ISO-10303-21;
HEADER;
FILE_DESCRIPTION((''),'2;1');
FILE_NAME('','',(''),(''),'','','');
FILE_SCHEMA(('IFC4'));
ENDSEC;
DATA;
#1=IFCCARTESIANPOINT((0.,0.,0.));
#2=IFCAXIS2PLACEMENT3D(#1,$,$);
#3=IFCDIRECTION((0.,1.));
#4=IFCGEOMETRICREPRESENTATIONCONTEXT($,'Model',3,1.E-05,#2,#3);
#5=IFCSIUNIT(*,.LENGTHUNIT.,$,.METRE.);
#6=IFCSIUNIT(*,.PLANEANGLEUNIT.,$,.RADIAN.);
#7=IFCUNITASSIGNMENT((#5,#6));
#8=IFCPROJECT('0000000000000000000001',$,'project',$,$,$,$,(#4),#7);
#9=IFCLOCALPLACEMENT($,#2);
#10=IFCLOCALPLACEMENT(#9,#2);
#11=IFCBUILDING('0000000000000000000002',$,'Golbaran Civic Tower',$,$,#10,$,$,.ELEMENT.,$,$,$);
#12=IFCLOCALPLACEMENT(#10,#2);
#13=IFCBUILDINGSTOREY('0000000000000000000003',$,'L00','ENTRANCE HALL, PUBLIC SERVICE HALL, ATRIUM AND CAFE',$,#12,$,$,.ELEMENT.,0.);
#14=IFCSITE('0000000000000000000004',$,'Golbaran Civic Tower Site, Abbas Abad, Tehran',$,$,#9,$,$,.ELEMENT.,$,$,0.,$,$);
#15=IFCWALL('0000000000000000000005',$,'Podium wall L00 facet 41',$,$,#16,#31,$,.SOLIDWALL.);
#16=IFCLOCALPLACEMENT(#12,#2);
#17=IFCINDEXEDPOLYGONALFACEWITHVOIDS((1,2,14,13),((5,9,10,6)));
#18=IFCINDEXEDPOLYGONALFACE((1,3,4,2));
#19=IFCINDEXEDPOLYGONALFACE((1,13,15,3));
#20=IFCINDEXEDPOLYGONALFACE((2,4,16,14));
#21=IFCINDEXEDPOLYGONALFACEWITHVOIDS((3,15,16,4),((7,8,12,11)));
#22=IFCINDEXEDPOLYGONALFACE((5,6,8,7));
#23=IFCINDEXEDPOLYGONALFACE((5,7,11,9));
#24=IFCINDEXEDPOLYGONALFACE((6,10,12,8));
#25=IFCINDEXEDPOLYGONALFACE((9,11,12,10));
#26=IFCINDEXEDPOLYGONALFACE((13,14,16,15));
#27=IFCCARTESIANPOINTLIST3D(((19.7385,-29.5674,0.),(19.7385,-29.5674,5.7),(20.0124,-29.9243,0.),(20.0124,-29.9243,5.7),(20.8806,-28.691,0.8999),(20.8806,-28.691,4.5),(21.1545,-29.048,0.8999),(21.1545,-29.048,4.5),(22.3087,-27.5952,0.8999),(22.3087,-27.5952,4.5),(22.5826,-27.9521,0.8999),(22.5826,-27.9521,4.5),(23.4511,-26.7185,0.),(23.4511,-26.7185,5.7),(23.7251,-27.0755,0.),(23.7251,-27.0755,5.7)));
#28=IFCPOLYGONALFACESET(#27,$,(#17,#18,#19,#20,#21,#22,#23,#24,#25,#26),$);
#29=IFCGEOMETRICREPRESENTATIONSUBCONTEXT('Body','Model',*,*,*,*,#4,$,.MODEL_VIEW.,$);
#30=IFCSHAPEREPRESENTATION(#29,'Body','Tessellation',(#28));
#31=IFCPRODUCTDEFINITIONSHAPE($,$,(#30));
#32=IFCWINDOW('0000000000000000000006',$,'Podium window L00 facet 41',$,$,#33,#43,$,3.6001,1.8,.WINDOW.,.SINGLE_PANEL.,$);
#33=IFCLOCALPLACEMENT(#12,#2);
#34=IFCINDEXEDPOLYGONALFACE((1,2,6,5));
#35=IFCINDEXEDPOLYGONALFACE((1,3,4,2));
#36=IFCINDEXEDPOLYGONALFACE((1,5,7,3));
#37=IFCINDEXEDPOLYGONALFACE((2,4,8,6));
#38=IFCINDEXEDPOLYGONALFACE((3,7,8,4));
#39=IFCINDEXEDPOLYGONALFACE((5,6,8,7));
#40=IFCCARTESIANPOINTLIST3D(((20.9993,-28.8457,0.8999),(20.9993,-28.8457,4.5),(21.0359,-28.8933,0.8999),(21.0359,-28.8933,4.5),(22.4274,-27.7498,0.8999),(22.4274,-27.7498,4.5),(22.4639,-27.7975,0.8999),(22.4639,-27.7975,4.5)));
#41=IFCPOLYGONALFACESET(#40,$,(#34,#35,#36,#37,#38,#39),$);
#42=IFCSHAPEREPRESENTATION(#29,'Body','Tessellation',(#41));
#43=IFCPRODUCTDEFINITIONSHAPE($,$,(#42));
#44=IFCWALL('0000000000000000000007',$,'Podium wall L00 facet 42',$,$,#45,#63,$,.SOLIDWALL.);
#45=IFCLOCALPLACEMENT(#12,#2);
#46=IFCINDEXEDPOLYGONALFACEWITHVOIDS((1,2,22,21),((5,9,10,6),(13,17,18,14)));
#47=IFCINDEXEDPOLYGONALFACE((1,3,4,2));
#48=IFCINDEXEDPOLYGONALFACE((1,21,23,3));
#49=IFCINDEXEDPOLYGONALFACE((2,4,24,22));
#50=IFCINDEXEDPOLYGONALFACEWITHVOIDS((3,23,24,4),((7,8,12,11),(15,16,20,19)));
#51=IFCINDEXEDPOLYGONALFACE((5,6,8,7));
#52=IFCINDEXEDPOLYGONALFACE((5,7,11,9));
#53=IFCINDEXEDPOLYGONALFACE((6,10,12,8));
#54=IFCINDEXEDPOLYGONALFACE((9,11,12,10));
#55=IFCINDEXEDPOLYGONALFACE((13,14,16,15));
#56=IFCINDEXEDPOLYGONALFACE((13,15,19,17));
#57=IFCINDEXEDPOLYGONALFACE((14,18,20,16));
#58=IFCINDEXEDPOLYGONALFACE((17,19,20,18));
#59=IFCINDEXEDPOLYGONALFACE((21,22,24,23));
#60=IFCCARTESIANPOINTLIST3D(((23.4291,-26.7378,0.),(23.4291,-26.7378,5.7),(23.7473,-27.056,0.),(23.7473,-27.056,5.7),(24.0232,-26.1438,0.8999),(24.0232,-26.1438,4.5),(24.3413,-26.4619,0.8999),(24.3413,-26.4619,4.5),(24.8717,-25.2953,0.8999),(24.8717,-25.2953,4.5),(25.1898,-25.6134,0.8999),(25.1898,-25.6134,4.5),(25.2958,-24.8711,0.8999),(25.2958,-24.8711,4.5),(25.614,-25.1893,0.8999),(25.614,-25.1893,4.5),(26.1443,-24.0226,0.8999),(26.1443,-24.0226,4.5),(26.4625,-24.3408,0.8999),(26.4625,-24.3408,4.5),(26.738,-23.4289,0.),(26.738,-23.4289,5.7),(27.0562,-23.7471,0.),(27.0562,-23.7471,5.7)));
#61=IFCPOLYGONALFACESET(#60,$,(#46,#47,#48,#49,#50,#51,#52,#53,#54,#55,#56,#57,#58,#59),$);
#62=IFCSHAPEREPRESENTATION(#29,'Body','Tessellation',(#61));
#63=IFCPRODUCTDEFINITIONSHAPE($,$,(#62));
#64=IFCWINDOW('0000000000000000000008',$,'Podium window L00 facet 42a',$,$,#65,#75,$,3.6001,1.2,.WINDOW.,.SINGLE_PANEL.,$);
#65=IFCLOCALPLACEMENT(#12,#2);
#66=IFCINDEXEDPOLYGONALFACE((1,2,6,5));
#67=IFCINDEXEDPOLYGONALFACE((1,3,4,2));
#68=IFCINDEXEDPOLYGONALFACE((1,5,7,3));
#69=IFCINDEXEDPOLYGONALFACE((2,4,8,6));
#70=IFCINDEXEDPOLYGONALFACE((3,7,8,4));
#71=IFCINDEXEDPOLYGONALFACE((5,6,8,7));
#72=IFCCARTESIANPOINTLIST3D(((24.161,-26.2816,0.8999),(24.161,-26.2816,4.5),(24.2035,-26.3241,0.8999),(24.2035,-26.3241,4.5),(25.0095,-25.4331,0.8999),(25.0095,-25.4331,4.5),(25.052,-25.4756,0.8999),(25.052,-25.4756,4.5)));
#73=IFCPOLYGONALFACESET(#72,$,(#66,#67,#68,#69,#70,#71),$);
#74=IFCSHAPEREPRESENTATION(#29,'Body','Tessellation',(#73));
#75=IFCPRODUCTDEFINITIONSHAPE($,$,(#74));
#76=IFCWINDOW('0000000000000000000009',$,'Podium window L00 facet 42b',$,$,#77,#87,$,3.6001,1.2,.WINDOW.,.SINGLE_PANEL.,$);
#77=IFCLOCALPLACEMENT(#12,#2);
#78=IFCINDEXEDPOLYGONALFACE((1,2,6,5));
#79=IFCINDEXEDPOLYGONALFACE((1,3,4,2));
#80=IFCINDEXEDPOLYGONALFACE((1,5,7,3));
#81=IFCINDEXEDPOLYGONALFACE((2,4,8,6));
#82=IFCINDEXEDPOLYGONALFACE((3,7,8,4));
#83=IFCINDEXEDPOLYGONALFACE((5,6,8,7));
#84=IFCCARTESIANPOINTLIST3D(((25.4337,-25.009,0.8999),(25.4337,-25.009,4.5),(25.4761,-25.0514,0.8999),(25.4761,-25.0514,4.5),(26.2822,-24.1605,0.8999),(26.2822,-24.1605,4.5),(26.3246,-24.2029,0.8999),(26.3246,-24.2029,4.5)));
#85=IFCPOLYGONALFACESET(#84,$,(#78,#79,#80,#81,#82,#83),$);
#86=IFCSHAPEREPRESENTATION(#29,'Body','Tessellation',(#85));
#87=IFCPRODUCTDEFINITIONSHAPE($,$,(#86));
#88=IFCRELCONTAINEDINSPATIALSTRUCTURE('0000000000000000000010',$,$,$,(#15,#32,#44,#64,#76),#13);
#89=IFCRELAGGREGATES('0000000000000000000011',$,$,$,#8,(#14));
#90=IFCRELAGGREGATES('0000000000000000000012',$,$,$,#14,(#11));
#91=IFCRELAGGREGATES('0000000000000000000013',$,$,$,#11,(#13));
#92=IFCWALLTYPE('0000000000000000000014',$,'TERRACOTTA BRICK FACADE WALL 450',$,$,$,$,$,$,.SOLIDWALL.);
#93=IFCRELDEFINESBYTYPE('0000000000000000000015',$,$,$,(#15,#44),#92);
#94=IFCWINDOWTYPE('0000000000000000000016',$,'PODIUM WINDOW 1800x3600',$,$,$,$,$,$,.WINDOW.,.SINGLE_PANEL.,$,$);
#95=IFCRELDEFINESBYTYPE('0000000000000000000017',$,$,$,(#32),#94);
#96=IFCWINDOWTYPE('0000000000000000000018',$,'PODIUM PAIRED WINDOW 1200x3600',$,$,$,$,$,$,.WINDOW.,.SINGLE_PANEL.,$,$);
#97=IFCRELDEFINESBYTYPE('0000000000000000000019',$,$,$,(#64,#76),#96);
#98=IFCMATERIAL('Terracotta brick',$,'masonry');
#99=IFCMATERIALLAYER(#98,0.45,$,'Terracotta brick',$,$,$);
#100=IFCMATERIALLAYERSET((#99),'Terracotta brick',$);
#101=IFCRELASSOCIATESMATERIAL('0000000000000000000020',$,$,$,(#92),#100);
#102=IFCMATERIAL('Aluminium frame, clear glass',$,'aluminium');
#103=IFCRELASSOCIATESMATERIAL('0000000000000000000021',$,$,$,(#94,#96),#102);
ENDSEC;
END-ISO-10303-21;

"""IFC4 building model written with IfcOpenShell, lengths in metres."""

from ifc_helpers import new_model, si_unit, direction, frame, frame_2d, origin, place, context, subcontext, project, spatial, rectangle, extrude, material, layer, layer_set, type_object, element, fill, save


model = new_model("IFC4")

# Units and contexts
model_context = context("Model", 3, precision=1e-05, world=origin(), true_north=direction((0.0, 1.0)))
body_context = subcontext(model_context, "Body", "Model", "MODEL_VIEW")
ifc_project = project(units=[si_unit("LENGTHUNIT", "METRE"), si_unit("PLANEANGLEUNIT", "RADIAN")], contexts=[model_context])

# Site, building, storey
site_placement = place(None, origin())
site = spatial("IfcSite", under=ifc_project, at=site_placement, Name="Golbaran Civic Tower Site, Abbas Abad, Tehran", CompositionType="ELEMENT", RefElevation=0.0)
building_placement = place(site_placement, origin())
building = spatial("IfcBuilding", under=site, at=building_placement, Name="Golbaran Civic Tower", CompositionType="ELEMENT")
storey_placement = place(building_placement, origin())
storey = spatial("IfcBuildingStorey", under=building, at=storey_placement, Name="L00", Description="ENTRANCE HALL, PUBLIC SERVICE HALL, ATRIUM AND CAFE", CompositionType="ELEMENT", Elevation=0.0)

# Shared definitions
ifc_material_1 = material(Name="Terracotta brick", Category="masonry")
ifc_layer_1 = layer(ifc_material_1, 0.45, Name="Terracotta brick")
ifc_layer_set_1 = layer_set([ifc_layer_1], Name="Terracotta brick")
wall_type_1 = type_object("IfcWallType", Name="TERRACOTTA BRICK FACADE WALL 450", PredefinedType="SOLIDWALL", material=ifc_layer_set_1)

# Wall, opening, window
ifc_material_2 = material(Name="Aluminium frame, clear glass", Category="aluminium")
window_type_1 = type_object("IfcWindowType", Name="PODIUM WINDOW 1800x3600", PartitioningType="SINGLE_PANEL", PredefinedType="WINDOW", material=ifc_material_2)
wall_1_placement = place(storey_placement, frame((19.8755, -29.7458, 0.0), z_axis=(0.0, 0.0, 1.0), x_axis=(0.793347, 0.60877, 0.0)))
wall_1 = element("IfcWall", 1, at=wall_1_placement, inside=storey, type_object=wall_type_1, Name="Podium wall L00 facet 41", PredefinedType="SOLIDWALL", context=body_context, shape_type="SweptSolid", body=[
    extrude(rectangle(XDim=4.6797, YDim=0.45, at=frame_2d((2.3398, 0.0))), origin(), (0.0, 0.0, 1.0), 5.7),
])
opening_1_placement = place(wall_1_placement, frame((1.4397, 0.0, 0.8999)))
opening_1 = element("IfcOpeningElement", 2, at=opening_1_placement, cuts=wall_1, PredefinedType="OPENING", context=body_context, shape_type="SweptSolid", body=[
    extrude(rectangle(XDim=1.8, YDim=3.6001, at=frame_2d((0.8999, 1.8))), frame((0.0, 0.2349, 0.0), z_axis=(0.0, -1.0, 0.0), x_axis=(1.0, 0.0, 0.0)), (0.0, 0.0, 1.0), 0.47),
])
window_1_placement = place(opening_1_placement, origin())
window_1 = element("IfcWindow", 3, at=window_1_placement, inside=storey, type_object=window_type_1, Name="Podium window L00 facet 41", OverallHeight=3.6001, OverallWidth=1.8, PartitioningType="SINGLE_PANEL", PredefinedType="WINDOW", context=body_context, shape_type="SweptSolid", body=[
    extrude(rectangle(XDim=1.8, YDim=3.6001, at=frame_2d((0.8999, 1.8))), frame((0.0, 0.03, 0.0), z_axis=(0.0, -1.0, 0.0), x_axis=(1.0, 0.0, 0.0)), (0.0, 0.0, 1.0), 0.0601),
])
fill(opening_1, window_1)

# Wall, openings, windows
wall_2_placement = place(storey_placement, frame((23.5881, -26.897, 0.0), z_axis=(0.0, 0.0, 1.0), x_axis=(0.707107, 0.707107, 0.0)))
wall_2 = element("IfcWall", 4, at=wall_2_placement, inside=storey, type_object=wall_type_1, Name="Podium wall L00 facet 42", PredefinedType="SOLIDWALL", context=body_context, shape_type="SweptSolid", body=[
    extrude(rectangle(XDim=4.6794, YDim=0.45, at=frame_2d((2.3398, 0.0))), origin(), (0.0, 0.0, 1.0), 5.7),
])
opening_2_placement = place(wall_2_placement, frame((0.8401, 0.0, 0.8999)))
opening_2 = element("IfcOpeningElement", 5, at=opening_2_placement, cuts=wall_2, PredefinedType="OPENING", context=body_context, shape_type="SweptSolid", body=[
    extrude(rectangle(XDim=1.2, YDim=3.6001, at=frame_2d((0.6001, 1.8))), frame((0.0, 0.2349, 0.0), z_axis=(0.0, -1.0, 0.0), x_axis=(1.0, 0.0, 0.0)), (0.0, 0.0, 1.0), 0.47),
])
opening_3_placement = place(wall_2_placement, frame((2.6399, 0.0, 0.8999)))
opening_3 = element("IfcOpeningElement", 6, at=opening_3_placement, cuts=wall_2, PredefinedType="OPENING", context=body_context, shape_type="SweptSolid", body=[
    extrude(rectangle(XDim=1.2, YDim=3.6001, at=frame_2d((0.6001, 1.8))), frame((0.0, 0.2349, 0.0), z_axis=(0.0, -1.0, 0.0), x_axis=(1.0, 0.0, 0.0)), (0.0, 0.0, 1.0), 0.47),
])
window_type_2 = type_object("IfcWindowType", Name="PODIUM PAIRED WINDOW 1200x3600", PartitioningType="SINGLE_PANEL", PredefinedType="WINDOW", material=ifc_material_2)
window_2_placement = place(opening_2_placement, origin())
window_2 = element("IfcWindow", 7, at=window_2_placement, inside=storey, type_object=window_type_2, Name="Podium window L00 facet 42a", OverallHeight=3.6001, OverallWidth=1.2, PartitioningType="SINGLE_PANEL", PredefinedType="WINDOW", context=body_context, shape_type="SweptSolid", body=[
    extrude(rectangle(XDim=1.2, YDim=3.6001, at=frame_2d((0.6001, 1.8))), frame((0.0, 0.03, 0.0), z_axis=(0.0, -1.0, 0.0), x_axis=(1.0, 0.0, 0.0)), (0.0, 0.0, 1.0), 0.0601),
])
fill(opening_2, window_2)
window_3_placement = place(opening_3_placement, origin())
window_3 = element("IfcWindow", 8, at=window_3_placement, inside=storey, type_object=window_type_2, Name="Podium window L00 facet 42b", OverallHeight=3.6001, OverallWidth=1.2, PartitioningType="SINGLE_PANEL", PredefinedType="WINDOW", context=body_context, shape_type="SweptSolid", body=[
    extrude(rectangle(XDim=1.2, YDim=3.6001, at=frame_2d((0.6001, 1.8))), frame((0.0, 0.03, 0.0), z_axis=(0.0, -1.0, 0.0), x_axis=(1.0, 0.0, 0.0)), (0.0, 0.0, 1.0), 0.0601),
])
fill(opening_3, window_3)

save(model, "model.ifc")
